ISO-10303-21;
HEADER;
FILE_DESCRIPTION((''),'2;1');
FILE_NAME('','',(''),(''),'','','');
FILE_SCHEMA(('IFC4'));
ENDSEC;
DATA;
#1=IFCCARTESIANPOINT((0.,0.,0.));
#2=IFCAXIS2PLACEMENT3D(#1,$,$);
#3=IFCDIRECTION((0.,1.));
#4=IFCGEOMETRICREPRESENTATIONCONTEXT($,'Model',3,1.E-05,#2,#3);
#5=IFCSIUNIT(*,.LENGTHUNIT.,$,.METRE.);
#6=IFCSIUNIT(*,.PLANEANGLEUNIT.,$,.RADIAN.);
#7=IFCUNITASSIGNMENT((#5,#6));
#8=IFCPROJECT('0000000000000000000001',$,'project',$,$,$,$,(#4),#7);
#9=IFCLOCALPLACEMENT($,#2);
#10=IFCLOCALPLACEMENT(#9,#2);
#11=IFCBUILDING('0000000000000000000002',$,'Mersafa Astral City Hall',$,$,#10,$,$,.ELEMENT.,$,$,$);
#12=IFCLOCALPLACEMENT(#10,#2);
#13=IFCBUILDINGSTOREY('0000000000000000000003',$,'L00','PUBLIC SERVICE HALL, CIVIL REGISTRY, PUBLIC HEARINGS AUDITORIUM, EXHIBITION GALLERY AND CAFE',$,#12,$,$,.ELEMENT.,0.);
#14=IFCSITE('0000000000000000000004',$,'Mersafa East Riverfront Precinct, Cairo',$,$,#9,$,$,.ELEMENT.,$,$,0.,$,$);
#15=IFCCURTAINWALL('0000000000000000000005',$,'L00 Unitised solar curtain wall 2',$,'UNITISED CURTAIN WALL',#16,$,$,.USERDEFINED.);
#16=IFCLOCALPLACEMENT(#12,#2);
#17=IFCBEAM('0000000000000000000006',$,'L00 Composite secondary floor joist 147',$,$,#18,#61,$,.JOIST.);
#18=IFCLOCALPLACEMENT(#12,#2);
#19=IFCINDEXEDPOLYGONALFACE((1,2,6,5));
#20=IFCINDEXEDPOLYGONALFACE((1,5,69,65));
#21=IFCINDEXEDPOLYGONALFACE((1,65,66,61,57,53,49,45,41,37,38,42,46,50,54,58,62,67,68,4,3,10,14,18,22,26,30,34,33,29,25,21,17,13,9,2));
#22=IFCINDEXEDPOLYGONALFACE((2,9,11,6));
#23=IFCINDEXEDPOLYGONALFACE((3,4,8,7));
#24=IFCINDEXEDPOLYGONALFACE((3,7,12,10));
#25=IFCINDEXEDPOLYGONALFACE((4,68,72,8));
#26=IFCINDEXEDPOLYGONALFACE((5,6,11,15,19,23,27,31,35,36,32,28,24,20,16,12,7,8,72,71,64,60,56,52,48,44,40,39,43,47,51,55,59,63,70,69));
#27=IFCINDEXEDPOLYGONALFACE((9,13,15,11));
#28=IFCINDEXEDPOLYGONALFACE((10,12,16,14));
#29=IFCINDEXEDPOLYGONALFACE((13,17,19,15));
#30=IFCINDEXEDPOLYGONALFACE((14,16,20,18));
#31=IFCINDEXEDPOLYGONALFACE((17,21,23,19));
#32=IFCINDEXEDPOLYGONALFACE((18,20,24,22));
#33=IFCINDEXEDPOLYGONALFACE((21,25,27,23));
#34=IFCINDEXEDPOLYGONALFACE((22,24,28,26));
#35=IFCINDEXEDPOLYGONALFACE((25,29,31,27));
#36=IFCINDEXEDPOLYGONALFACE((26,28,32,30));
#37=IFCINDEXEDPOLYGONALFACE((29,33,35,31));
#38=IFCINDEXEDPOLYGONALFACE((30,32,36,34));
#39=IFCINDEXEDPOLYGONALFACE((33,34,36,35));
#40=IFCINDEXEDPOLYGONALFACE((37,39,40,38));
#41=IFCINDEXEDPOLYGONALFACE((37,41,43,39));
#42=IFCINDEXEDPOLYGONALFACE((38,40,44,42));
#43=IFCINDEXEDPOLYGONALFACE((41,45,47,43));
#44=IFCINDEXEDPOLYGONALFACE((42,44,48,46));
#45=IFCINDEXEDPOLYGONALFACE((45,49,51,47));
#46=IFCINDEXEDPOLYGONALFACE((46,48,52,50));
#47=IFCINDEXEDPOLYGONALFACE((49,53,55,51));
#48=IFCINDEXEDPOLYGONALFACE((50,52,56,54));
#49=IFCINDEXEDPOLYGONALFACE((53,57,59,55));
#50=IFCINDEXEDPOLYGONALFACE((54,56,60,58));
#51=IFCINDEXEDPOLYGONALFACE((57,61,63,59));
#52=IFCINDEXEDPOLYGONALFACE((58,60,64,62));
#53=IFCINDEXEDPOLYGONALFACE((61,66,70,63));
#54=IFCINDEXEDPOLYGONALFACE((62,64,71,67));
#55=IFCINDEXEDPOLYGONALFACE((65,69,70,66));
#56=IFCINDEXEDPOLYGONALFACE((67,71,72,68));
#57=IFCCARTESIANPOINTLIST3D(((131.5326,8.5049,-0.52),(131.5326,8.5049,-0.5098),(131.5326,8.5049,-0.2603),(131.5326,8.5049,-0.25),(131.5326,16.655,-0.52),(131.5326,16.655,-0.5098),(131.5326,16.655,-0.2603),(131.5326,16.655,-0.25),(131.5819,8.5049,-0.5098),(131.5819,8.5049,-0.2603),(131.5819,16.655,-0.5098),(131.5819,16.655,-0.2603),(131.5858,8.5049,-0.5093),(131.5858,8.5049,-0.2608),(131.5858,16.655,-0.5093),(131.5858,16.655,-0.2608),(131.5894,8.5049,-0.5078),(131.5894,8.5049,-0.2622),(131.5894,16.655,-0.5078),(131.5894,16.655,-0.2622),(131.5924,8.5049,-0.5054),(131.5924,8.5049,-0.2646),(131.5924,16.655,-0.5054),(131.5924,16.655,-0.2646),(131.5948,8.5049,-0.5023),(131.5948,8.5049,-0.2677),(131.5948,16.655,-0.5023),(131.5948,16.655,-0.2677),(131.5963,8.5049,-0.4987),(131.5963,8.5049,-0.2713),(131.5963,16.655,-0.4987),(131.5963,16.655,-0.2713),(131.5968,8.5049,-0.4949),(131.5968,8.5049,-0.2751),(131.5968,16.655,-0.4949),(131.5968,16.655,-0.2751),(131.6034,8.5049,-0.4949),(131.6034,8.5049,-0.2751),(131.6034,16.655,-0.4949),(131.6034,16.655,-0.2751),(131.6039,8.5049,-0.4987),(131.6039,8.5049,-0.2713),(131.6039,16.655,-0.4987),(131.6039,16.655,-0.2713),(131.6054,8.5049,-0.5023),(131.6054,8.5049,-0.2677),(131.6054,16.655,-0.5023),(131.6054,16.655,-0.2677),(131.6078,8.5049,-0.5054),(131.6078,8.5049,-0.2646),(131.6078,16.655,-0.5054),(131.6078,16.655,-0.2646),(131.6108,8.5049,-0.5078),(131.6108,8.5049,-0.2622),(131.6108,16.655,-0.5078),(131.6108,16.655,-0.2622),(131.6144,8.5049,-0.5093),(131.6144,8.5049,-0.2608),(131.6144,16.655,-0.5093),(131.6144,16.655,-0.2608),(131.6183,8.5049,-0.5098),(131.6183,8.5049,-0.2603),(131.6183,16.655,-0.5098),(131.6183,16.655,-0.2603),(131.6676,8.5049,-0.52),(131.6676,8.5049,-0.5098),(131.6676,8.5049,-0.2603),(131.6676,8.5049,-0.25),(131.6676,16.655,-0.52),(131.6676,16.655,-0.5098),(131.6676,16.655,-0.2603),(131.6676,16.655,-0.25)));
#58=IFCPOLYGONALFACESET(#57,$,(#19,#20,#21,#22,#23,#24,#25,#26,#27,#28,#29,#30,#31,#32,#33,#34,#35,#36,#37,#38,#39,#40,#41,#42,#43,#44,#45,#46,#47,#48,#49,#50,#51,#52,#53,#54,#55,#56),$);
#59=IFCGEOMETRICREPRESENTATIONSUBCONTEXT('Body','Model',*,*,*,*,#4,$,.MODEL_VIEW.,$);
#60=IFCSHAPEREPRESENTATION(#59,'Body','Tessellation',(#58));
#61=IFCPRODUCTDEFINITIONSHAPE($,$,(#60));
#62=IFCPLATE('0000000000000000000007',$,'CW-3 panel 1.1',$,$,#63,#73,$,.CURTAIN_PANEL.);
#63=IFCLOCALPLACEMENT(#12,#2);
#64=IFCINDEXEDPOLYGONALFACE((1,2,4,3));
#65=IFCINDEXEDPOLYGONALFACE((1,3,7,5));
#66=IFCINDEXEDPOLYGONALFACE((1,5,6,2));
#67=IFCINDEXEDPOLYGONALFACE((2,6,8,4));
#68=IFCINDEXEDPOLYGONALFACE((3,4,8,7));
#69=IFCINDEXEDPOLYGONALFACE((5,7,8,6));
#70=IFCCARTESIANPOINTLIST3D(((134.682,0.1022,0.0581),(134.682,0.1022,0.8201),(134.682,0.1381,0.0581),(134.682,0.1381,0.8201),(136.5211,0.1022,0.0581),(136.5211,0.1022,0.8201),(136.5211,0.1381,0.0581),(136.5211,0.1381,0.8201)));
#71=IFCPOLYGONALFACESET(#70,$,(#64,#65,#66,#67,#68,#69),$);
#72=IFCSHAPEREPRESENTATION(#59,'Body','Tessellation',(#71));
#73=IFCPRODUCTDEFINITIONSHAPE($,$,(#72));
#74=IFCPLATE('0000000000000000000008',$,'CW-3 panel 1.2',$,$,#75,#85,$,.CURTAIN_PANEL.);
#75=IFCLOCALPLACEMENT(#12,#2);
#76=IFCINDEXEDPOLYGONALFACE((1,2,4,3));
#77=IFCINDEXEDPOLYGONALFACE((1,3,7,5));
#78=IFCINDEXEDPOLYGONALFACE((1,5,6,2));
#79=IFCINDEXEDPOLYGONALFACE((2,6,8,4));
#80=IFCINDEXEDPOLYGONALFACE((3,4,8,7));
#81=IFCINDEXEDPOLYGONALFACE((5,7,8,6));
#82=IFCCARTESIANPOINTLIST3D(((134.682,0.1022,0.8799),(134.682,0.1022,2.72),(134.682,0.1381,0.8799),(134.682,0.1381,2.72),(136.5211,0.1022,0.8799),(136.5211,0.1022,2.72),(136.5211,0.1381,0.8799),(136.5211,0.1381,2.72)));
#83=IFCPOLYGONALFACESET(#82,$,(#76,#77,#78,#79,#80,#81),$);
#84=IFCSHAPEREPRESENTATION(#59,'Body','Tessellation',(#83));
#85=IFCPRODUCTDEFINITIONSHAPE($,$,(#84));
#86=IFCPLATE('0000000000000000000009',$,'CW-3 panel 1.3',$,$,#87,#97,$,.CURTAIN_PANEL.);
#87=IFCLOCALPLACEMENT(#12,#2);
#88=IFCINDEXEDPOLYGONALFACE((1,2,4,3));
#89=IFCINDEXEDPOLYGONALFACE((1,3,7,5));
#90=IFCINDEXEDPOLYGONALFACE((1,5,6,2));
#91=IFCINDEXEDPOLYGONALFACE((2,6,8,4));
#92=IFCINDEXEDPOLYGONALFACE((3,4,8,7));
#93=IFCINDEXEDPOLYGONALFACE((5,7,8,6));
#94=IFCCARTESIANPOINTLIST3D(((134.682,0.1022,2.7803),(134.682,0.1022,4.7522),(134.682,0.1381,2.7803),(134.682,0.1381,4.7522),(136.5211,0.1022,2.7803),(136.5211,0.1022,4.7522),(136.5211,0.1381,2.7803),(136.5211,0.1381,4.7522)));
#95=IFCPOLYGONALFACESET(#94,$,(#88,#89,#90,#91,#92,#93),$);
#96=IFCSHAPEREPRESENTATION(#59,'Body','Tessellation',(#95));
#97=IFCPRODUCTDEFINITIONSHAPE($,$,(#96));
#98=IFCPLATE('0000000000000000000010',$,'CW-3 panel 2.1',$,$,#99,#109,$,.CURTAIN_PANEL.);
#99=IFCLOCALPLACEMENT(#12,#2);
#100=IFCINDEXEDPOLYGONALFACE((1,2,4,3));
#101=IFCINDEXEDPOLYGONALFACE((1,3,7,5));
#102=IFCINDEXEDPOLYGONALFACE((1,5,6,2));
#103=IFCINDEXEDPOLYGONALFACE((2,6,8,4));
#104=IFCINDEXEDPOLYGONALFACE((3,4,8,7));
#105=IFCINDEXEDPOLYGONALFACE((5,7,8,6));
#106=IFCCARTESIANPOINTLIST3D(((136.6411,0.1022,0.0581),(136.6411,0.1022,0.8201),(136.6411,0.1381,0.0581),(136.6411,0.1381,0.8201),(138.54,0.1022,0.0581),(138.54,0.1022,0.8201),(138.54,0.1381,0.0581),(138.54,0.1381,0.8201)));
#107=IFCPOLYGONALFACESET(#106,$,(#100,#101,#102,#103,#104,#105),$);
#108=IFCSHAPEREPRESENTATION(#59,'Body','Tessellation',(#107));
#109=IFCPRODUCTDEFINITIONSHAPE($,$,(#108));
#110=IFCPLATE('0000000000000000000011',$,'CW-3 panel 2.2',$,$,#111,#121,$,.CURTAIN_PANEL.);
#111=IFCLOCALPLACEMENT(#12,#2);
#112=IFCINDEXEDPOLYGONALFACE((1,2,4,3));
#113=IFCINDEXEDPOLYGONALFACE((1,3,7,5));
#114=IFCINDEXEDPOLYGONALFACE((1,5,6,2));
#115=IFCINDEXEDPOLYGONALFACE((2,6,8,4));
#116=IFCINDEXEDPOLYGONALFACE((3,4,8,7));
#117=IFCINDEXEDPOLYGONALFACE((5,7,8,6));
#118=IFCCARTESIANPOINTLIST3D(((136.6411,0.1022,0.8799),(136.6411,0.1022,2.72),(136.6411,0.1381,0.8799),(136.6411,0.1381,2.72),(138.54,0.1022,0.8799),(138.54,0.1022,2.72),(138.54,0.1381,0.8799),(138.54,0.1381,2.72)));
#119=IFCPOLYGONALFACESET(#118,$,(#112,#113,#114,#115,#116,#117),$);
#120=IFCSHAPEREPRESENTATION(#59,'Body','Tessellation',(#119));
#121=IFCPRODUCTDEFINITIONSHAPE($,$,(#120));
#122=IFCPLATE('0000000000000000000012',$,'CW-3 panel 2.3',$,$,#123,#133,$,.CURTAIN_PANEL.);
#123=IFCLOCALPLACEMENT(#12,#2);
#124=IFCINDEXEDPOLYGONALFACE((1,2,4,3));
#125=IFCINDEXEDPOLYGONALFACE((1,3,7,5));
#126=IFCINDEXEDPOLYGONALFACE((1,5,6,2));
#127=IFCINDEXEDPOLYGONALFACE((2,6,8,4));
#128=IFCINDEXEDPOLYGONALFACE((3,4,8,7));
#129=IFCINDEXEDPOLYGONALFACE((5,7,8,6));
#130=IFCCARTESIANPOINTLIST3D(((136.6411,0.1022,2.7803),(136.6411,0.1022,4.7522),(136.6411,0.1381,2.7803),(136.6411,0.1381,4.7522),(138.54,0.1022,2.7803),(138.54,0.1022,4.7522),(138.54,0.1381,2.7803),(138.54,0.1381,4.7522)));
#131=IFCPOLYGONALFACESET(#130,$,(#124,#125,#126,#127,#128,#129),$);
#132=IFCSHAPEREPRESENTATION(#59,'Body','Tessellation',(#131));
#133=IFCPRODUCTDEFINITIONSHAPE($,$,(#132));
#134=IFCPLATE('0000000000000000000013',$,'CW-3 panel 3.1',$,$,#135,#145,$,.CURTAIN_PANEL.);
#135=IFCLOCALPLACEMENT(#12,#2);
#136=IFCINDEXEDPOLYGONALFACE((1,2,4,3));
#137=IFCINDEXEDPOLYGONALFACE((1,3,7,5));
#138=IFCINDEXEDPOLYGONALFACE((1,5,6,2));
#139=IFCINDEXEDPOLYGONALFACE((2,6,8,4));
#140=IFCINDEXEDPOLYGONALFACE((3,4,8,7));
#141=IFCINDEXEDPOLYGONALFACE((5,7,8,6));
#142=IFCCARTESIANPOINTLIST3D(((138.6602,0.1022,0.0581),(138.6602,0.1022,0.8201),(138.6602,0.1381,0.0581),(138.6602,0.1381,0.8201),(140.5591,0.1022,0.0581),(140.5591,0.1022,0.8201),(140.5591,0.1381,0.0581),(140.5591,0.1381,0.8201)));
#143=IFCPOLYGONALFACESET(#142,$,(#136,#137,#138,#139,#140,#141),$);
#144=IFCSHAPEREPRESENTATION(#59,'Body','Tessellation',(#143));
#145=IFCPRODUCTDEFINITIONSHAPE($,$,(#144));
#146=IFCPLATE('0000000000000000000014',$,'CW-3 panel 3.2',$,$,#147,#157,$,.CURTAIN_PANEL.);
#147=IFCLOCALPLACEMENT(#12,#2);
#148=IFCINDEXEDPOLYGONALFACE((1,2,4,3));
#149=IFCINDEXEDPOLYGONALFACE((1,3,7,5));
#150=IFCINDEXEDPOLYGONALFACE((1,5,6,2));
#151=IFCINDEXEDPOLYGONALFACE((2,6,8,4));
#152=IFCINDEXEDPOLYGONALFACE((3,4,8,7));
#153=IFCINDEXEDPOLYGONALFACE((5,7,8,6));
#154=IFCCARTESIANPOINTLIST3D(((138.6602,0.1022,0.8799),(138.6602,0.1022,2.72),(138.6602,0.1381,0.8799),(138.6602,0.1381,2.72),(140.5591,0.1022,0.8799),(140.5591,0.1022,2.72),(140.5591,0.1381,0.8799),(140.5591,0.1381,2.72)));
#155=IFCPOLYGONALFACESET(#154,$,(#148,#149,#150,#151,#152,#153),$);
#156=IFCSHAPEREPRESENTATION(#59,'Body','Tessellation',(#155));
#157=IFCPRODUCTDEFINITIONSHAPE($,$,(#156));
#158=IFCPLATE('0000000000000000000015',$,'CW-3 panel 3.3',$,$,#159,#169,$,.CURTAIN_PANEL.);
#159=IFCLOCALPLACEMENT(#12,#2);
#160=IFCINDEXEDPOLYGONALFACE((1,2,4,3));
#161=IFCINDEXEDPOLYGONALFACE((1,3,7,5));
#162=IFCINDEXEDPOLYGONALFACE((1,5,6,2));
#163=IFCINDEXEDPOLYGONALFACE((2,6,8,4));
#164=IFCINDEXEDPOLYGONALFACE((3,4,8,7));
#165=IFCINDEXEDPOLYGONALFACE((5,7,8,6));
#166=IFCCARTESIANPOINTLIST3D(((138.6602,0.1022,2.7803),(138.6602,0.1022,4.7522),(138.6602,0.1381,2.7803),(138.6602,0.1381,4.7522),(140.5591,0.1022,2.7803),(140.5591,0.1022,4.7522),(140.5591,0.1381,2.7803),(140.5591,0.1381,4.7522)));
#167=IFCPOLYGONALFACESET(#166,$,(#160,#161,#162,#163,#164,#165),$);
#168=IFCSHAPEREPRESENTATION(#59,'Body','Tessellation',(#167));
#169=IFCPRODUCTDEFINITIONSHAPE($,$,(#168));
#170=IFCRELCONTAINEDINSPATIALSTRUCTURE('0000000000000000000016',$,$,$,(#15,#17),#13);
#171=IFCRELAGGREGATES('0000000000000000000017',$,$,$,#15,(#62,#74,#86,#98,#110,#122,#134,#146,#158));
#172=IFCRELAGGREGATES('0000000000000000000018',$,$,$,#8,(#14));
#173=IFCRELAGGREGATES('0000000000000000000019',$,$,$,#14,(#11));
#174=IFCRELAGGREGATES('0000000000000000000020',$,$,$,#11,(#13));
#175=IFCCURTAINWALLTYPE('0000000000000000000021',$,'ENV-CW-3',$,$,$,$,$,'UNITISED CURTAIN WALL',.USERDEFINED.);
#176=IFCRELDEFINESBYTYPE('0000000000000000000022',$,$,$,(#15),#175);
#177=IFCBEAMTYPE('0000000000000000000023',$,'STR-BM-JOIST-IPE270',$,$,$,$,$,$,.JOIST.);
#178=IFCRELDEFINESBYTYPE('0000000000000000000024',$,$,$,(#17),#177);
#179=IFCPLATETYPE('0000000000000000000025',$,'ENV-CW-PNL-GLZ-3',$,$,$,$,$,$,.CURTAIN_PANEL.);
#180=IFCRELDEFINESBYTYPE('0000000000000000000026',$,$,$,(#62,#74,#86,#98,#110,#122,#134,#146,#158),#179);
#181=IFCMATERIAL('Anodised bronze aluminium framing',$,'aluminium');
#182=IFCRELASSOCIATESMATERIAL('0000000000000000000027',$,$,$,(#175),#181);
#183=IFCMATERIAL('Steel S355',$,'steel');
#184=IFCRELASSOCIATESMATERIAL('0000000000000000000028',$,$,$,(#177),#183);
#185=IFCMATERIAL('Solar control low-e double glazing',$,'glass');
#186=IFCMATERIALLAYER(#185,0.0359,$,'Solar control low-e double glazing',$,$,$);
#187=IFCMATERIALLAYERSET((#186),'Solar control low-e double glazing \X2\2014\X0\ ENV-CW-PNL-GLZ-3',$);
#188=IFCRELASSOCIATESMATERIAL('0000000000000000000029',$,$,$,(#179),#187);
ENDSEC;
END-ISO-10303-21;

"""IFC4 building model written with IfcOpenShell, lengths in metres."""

from ifc_helpers import new_model, si_unit, direction, frame, origin, origin_2d, place, context, subcontext, project, spatial, rectangle, i_section, extrude, material, layer, layer_set, material_profile, profile_set, type_object, element, aggregate, save


model = new_model("IFC4")

# Units and contexts
model_context = context("Model", 3, precision=1e-05, world=origin(), true_north=direction((0.0, 1.0)))
body_context = subcontext(model_context, "Body", "Model", "MODEL_VIEW")
ifc_project = project(units=[si_unit("LENGTHUNIT", "METRE"), si_unit("PLANEANGLEUNIT", "RADIAN")], contexts=[model_context])

# Site, building, storey
site_placement = place(None, origin())
site = spatial("IfcSite", under=ifc_project, at=site_placement, Name="Mersafa East Riverfront Precinct, Cairo", CompositionType="ELEMENT", RefElevation=0.0)
building_placement = place(site_placement, origin())
building = spatial("IfcBuilding", under=site, at=building_placement, Name="Mersafa Astral City Hall", CompositionType="ELEMENT")
storey_placement = place(building_placement, origin())
storey = spatial("IfcBuildingStorey", under=building, at=storey_placement, Name="L00", Description="PUBLIC SERVICE HALL, CIVIL REGISTRY, PUBLIC HEARINGS AUDITORIUM, EXHIBITION GALLERY AND CAFE", CompositionType="ELEMENT", Elevation=0.0)

# Shared definitions
ifc_material_1 = material(Name="Steel S355", Category="steel")

# Curtain wall
ifc_material_2 = material(Name="Anodised bronze aluminium framing", Category="aluminium")
curtain_wall_type = type_object("IfcCurtainWallType", Name="ENV-CW-3", ElementType="UNITISED CURTAIN WALL", PredefinedType="USERDEFINED", material=ifc_material_2)
curtain_wall_placement = place(storey_placement, origin())
curtain_wall = element("IfcCurtainWall", 1, at=curtain_wall_placement, inside=storey, type_object=curtain_wall_type, Name="L00 Unitised solar curtain wall 2", ObjectType="UNITISED CURTAIN WALL", PredefinedType="USERDEFINED")

# Beam
ifc_material_profile_1 = material_profile(ifc_material_1, i_section(OverallWidth=0.135, OverallDepth=0.27, WebThickness=0.0066, FlangeThickness=0.0103, FilletRadius=0.0149, at=origin_2d()), Name="IPE 270")
ifc_profile_set_1 = profile_set([ifc_material_profile_1], Name="Steel S355")
beam_type_1 = type_object("IfcBeamType", Name="STR-BM-JOIST-IPE270", PredefinedType="JOIST", material=ifc_profile_set_1)
beam_1_placement = place(storey_placement, frame((131.6001, 8.5049, -0.385), z_axis=(0.0, 1.0, 0.0), x_axis=(-1.0, 0.0, 0.0)))
element("IfcBeam", 2, at=beam_1_placement, inside=storey, type_object=beam_type_1, Name="L00 Composite secondary floor joist 147", PredefinedType="JOIST", context=body_context, shape_type="SweptSolid", body=[
    extrude(i_section(OverallWidth=0.135, OverallDepth=0.27, WebThickness=0.0066, FlangeThickness=0.0103, FilletRadius=0.0149, at=origin_2d()), origin(), (0.0, 0.0, 1.0), 8.1501),
])

# Plates
ifc_material_3 = material(Name="Solar control low-e double glazing", Category="glass")
ifc_layer = layer(ifc_material_3, 0.0359, Name="Solar control low-e double glazing")
ifc_layer_set = layer_set([ifc_layer], Name="Solar control low-e double glazing — ENV-CW-PNL-GLZ-3")
plate_type = type_object("IfcPlateType", Name="ENV-CW-PNL-GLZ-3", PredefinedType="CURTAIN_PANEL", material=ifc_layer_set)
plate_1_placement = place(storey_placement, frame((135.6016, 0.1201, 0.0581), z_axis=(0.0, 0.0, 1.0), x_axis=(1.0, 0.0, 0.0)))
plate_1 = element("IfcPlate", 3, at=plate_1_placement, type_object=plate_type, Name="CW-3 panel 1.1", PredefinedType="CURTAIN_PANEL", context=body_context, shape_type="SweptSolid", body=[
    extrude(rectangle(XDim=1.8391, YDim=0.0359, at=origin_2d()), origin(), (0.0, 0.0, 1.0), 0.762),
])
plate_2_placement = place(storey_placement, frame((135.6016, 0.1201, 0.8799), z_axis=(0.0, 0.0, 1.0), x_axis=(1.0, 0.0, 0.0)))
plate_2 = element("IfcPlate", 4, at=plate_2_placement, type_object=plate_type, Name="CW-3 panel 1.2", PredefinedType="CURTAIN_PANEL", context=body_context, shape_type="SweptSolid", body=[
    extrude(rectangle(XDim=1.8391, YDim=0.0359, at=origin_2d()), origin(), (0.0, 0.0, 1.0), 1.8401),
])
plate_3_placement = place(storey_placement, frame((135.6016, 0.1201, 2.7803), z_axis=(0.0, 0.0, 1.0), x_axis=(1.0, 0.0, 0.0)))
plate_3 = element("IfcPlate", 5, at=plate_3_placement, type_object=plate_type, Name="CW-3 panel 1.3", PredefinedType="CURTAIN_PANEL", context=body_context, shape_type="SweptSolid", body=[
    extrude(rectangle(XDim=1.8391, YDim=0.0359, at=origin_2d()), origin(), (0.0, 0.0, 1.0), 1.9719),
])
plate_4_placement = place(storey_placement, frame((137.5906, 0.1201, 0.0581), z_axis=(0.0, 0.0, 1.0), x_axis=(1.0, 0.0, 0.0)))
plate_4 = element("IfcPlate", 6, at=plate_4_placement, type_object=plate_type, Name="CW-3 panel 2.1", PredefinedType="CURTAIN_PANEL", context=body_context, shape_type="SweptSolid", body=[
    extrude(rectangle(XDim=1.8989, YDim=0.0359, at=origin_2d()), origin(), (0.0, 0.0, 1.0), 0.762),
])
plate_5_placement = place(storey_placement, frame((137.5906, 0.1201, 0.8799), z_axis=(0.0, 0.0, 1.0), x_axis=(1.0, 0.0, 0.0)))
plate_5 = element("IfcPlate", 7, at=plate_5_placement, type_object=plate_type, Name="CW-3 panel 2.2", PredefinedType="CURTAIN_PANEL", context=body_context, shape_type="SweptSolid", body=[
    extrude(rectangle(XDim=1.8989, YDim=0.0359, at=origin_2d()), origin(), (0.0, 0.0, 1.0), 1.8401),
])
plate_6_placement = place(storey_placement, frame((137.5906, 0.1201, 2.7803), z_axis=(0.0, 0.0, 1.0), x_axis=(1.0, 0.0, 0.0)))
plate_6 = element("IfcPlate", 8, at=plate_6_placement, type_object=plate_type, Name="CW-3 panel 2.3", PredefinedType="CURTAIN_PANEL", context=body_context, shape_type="SweptSolid", body=[
    extrude(rectangle(XDim=1.8989, YDim=0.0359, at=origin_2d()), origin(), (0.0, 0.0, 1.0), 1.9719),
])
plate_7_placement = place(storey_placement, frame((139.6096, 0.1201, 0.0581), z_axis=(0.0, 0.0, 1.0), x_axis=(1.0, 0.0, 0.0)))
plate_7 = element("IfcPlate", 9, at=plate_7_placement, type_object=plate_type, Name="CW-3 panel 3.1", PredefinedType="CURTAIN_PANEL", context=body_context, shape_type="SweptSolid", body=[
    extrude(rectangle(XDim=1.8989, YDim=0.0359, at=origin_2d()), origin(), (0.0, 0.0, 1.0), 0.762),
])
plate_8_placement = place(storey_placement, frame((139.6096, 0.1201, 0.8799), z_axis=(0.0, 0.0, 1.0), x_axis=(1.0, 0.0, 0.0)))
plate_8 = element("IfcPlate", 10, at=plate_8_placement, type_object=plate_type, Name="CW-3 panel 3.2", PredefinedType="CURTAIN_PANEL", context=body_context, shape_type="SweptSolid", body=[
    extrude(rectangle(XDim=1.8989, YDim=0.0359, at=origin_2d()), origin(), (0.0, 0.0, 1.0), 1.8401),
])
plate_9_placement = place(storey_placement, frame((139.6096, 0.1201, 2.7803), z_axis=(0.0, 0.0, 1.0), x_axis=(1.0, 0.0, 0.0)))
plate_9 = element("IfcPlate", 11, at=plate_9_placement, type_object=plate_type, Name="CW-3 panel 3.3", PredefinedType="CURTAIN_PANEL", context=body_context, shape_type="SweptSolid", body=[
    extrude(rectangle(XDim=1.8989, YDim=0.0359, at=origin_2d()), origin(), (0.0, 0.0, 1.0), 1.9719),
])
aggregate(curtain_wall, [plate_1, plate_2, plate_3, plate_4, plate_5, plate_6, plate_7, plate_8, plate_9])

save(model, "model.ifc")
